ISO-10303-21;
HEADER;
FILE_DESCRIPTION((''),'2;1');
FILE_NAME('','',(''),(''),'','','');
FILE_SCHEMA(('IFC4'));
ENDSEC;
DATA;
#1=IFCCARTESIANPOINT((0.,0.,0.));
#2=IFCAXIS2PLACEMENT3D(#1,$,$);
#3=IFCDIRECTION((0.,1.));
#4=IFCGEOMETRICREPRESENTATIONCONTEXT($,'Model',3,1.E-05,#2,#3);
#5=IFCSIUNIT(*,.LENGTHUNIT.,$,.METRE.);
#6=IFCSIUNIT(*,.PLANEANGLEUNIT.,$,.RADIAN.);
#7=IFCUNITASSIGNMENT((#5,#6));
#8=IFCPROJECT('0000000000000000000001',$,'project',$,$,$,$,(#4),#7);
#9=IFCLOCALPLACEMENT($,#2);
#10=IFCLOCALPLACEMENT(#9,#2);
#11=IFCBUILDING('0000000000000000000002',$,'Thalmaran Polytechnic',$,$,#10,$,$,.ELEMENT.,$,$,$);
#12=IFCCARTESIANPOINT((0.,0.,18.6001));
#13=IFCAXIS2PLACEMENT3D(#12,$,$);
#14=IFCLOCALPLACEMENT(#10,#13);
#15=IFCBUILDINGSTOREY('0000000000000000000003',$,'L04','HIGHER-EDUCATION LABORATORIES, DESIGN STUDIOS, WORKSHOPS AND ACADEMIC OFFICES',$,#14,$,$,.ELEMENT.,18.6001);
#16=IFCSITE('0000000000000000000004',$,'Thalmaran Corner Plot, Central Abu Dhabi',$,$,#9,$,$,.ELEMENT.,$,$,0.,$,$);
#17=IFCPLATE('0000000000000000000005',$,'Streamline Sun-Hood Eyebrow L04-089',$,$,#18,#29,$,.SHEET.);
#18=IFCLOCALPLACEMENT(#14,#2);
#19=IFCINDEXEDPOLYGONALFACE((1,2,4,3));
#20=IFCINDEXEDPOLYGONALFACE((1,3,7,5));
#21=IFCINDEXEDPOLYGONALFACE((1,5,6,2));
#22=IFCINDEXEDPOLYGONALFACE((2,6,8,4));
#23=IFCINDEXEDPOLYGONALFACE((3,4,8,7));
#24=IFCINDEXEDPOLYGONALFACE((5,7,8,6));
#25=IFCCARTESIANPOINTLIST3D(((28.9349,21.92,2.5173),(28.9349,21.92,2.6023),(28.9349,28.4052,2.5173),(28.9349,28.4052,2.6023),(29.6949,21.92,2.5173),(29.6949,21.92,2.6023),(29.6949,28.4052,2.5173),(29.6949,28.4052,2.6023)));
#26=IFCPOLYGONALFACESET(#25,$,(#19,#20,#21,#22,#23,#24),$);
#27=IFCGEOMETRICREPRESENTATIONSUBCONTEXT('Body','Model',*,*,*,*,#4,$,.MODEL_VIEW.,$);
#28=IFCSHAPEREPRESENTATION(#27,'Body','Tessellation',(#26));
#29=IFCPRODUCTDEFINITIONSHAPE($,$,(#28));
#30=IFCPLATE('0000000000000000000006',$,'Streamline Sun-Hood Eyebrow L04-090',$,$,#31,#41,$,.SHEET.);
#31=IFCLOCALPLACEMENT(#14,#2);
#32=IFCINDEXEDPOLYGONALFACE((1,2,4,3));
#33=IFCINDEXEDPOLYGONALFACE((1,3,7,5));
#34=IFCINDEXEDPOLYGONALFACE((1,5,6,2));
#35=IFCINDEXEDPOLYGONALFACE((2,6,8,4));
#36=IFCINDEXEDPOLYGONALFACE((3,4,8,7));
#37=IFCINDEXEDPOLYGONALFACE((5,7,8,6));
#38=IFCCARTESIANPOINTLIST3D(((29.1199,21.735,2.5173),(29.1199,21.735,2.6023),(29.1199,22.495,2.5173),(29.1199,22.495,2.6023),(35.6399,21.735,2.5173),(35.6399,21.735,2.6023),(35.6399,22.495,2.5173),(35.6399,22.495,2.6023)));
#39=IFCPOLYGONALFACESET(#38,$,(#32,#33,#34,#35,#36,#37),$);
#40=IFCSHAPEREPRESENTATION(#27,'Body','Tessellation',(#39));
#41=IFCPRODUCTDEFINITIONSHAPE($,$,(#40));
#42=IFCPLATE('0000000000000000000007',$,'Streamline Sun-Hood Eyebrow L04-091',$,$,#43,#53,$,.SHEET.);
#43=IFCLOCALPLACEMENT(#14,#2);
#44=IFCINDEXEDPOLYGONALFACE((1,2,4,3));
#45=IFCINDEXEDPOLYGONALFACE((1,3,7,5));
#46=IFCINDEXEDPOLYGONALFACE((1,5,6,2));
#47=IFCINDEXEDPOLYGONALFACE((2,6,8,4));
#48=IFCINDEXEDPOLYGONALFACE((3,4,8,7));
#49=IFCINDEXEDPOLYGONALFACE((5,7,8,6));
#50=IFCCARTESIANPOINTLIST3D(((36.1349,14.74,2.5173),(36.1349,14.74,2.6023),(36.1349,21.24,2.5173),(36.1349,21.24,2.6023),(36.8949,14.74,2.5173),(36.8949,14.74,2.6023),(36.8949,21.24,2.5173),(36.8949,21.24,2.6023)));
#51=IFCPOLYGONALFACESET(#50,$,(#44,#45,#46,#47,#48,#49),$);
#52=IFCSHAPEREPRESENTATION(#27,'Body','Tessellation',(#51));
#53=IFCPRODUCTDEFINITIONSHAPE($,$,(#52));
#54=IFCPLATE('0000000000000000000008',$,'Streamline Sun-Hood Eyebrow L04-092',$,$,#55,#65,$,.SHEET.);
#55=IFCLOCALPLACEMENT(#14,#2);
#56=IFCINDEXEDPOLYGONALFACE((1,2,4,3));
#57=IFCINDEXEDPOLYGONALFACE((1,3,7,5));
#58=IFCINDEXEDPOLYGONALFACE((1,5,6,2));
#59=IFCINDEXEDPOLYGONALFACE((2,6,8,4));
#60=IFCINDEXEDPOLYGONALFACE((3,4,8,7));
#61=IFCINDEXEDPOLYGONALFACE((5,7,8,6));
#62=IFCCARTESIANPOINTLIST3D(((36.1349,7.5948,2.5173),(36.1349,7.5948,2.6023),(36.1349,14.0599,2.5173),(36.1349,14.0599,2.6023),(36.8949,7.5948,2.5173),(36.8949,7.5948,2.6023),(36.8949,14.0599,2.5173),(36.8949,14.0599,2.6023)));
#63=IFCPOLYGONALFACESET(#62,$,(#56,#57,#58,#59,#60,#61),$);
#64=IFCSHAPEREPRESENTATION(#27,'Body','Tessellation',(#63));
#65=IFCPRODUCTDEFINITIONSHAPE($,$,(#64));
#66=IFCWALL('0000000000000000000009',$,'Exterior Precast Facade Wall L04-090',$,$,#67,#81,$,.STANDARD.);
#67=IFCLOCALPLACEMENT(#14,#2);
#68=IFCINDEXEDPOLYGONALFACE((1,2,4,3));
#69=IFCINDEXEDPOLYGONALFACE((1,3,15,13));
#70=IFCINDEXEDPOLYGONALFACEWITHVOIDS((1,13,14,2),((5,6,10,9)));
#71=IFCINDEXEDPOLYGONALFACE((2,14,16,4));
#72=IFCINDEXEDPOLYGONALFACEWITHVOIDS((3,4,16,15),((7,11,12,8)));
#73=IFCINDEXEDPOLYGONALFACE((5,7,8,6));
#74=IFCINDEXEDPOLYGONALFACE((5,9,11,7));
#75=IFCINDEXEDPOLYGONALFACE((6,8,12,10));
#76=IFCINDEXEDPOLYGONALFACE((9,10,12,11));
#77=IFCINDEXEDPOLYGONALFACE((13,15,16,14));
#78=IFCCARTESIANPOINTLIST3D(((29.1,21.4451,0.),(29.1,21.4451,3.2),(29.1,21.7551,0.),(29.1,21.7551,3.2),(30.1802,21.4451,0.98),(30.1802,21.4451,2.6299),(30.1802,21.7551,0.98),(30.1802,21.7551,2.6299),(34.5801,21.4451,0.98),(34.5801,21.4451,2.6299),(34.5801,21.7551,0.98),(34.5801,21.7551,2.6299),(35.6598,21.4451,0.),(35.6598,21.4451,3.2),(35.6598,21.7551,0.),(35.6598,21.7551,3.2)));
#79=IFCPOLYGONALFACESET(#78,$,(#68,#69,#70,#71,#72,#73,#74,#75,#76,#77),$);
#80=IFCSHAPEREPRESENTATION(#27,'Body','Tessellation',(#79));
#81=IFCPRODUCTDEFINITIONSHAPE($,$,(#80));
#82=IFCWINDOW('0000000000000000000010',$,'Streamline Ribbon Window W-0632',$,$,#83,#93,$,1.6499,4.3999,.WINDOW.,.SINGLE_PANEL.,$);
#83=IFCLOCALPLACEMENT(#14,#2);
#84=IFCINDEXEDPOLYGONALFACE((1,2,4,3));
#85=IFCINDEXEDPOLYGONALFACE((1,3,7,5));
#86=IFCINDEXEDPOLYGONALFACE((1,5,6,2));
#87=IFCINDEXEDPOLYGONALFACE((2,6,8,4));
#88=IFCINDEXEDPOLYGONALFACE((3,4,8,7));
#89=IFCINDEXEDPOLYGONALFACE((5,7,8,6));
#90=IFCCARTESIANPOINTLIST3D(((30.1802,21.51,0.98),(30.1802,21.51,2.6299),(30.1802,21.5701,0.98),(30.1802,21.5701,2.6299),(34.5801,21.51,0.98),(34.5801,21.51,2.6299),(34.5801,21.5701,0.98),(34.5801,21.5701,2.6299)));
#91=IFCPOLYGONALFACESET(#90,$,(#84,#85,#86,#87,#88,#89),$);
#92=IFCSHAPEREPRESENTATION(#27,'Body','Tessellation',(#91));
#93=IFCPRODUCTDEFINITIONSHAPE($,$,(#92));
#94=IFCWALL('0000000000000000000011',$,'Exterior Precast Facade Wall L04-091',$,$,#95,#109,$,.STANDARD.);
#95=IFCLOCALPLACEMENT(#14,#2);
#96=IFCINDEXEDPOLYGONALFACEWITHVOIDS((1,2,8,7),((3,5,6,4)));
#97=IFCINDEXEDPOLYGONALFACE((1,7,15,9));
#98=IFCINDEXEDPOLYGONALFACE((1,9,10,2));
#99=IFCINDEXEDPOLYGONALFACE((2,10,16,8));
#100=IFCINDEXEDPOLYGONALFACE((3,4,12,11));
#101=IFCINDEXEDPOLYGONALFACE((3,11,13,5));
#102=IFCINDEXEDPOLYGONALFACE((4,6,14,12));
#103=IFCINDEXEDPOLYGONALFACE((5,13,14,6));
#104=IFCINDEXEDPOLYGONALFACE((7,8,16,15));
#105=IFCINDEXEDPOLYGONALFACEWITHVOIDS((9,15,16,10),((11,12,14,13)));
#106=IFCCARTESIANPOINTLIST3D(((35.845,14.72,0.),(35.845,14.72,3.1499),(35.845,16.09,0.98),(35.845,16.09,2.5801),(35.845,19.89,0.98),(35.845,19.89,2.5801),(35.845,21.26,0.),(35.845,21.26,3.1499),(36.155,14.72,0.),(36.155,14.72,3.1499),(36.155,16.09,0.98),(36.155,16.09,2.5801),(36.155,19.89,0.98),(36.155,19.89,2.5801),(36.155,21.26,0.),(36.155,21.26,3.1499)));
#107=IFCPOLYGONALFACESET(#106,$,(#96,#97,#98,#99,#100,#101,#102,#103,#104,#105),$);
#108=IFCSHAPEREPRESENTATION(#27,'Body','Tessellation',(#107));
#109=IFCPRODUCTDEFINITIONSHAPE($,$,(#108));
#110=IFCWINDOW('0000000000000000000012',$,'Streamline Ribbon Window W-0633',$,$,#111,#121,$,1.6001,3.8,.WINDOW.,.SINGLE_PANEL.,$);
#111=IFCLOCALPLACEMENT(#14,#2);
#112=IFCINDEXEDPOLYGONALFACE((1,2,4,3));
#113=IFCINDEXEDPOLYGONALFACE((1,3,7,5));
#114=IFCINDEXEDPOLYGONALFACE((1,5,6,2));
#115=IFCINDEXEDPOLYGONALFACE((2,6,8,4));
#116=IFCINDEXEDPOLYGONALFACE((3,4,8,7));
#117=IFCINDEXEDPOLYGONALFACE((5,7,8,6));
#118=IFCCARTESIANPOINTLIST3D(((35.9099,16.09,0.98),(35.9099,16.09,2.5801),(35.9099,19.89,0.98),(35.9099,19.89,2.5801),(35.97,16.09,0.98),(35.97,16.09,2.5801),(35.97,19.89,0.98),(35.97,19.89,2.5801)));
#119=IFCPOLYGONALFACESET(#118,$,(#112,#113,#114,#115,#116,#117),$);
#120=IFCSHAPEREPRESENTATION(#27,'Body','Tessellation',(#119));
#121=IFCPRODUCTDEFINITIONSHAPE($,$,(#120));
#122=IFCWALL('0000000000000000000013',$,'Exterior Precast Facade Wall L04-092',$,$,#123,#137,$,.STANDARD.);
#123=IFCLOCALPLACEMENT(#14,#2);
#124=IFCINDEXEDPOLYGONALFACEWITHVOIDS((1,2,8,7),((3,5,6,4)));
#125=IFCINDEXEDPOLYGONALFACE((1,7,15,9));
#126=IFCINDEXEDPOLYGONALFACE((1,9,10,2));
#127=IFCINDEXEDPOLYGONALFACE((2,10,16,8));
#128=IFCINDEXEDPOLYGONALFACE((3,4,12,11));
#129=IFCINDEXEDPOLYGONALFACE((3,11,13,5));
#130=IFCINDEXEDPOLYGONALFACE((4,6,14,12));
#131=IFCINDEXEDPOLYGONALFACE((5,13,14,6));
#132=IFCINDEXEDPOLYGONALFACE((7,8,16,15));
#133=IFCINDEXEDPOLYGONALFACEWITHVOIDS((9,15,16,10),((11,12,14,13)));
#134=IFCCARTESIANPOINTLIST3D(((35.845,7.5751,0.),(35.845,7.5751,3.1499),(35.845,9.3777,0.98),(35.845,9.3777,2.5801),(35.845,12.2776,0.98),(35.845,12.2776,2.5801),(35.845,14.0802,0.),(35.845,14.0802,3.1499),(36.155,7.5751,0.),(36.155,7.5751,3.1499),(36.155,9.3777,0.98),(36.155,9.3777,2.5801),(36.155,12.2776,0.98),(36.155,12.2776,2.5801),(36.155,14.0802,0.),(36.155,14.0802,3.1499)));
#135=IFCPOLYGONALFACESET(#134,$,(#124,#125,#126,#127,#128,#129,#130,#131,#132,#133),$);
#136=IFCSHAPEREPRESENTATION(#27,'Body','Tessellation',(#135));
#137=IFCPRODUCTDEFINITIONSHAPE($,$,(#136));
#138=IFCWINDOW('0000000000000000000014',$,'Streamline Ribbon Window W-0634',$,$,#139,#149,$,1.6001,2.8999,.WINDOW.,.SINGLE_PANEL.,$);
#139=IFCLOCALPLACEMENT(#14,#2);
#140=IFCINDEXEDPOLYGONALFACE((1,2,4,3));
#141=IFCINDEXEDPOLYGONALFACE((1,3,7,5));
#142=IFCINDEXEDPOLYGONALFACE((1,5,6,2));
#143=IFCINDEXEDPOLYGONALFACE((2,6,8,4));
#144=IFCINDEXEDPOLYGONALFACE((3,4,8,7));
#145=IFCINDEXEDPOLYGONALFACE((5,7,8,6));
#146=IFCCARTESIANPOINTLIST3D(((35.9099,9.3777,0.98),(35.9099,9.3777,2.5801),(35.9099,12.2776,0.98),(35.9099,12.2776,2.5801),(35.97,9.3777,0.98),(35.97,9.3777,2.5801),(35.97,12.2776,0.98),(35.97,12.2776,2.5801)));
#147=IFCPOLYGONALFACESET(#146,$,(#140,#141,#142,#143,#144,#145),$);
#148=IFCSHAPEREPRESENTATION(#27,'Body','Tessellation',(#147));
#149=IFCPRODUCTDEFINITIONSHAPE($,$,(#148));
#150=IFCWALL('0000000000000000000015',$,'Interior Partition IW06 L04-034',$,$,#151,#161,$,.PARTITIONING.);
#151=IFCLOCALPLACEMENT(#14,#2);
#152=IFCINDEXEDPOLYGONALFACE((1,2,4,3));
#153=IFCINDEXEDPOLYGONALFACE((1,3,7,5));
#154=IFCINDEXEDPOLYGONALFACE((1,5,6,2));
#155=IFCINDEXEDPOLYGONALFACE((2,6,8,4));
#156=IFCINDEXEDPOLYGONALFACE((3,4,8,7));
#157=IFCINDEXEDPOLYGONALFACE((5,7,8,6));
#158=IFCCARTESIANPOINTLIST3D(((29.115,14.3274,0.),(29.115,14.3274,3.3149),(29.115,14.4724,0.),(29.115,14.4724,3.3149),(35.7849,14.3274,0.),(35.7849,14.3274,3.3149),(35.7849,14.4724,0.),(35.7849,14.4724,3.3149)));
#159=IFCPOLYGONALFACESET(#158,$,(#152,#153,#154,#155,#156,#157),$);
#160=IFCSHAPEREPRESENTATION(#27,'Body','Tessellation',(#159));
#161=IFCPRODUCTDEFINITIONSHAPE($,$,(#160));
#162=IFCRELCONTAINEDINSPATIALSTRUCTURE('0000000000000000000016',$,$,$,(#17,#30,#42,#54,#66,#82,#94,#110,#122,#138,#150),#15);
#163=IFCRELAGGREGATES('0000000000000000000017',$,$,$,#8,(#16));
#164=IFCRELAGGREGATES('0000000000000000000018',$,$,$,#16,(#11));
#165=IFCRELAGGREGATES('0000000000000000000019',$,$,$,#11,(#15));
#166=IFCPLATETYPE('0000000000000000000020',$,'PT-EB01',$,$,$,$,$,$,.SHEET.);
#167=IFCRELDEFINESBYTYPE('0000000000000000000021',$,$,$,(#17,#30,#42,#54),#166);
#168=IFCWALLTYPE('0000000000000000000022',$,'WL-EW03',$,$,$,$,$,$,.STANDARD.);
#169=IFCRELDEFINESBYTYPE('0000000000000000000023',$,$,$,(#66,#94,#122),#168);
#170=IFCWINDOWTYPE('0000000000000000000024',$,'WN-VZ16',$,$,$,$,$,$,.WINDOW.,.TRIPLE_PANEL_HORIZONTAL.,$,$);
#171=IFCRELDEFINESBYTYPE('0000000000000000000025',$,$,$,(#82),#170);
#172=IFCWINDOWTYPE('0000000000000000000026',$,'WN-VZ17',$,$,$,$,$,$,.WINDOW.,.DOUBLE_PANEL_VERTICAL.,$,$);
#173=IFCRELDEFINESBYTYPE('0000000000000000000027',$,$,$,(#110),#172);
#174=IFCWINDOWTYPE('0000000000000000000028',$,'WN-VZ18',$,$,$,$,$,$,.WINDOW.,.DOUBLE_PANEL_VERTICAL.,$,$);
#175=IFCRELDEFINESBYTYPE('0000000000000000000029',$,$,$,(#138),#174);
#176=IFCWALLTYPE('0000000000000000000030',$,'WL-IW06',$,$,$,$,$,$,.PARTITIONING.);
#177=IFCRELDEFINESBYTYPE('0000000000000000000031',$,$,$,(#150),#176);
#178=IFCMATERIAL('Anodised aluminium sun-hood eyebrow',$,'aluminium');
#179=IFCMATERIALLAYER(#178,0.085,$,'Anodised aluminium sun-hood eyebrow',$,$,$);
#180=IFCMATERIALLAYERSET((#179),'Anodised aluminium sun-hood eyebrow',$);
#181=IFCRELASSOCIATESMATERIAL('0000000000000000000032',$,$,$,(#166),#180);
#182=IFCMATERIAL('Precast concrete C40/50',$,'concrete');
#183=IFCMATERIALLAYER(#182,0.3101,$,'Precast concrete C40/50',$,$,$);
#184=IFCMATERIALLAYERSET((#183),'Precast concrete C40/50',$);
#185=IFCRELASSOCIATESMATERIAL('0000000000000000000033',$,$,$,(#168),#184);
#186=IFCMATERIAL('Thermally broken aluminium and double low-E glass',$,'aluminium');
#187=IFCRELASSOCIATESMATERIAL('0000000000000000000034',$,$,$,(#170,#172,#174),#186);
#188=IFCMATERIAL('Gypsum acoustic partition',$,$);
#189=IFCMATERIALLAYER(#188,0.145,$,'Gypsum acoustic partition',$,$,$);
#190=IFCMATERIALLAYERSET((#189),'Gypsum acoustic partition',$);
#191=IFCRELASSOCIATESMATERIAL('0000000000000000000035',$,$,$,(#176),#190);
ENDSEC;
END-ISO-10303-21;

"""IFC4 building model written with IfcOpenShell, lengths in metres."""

from ifc_helpers import new_model, si_unit, direction, frame, frame_2d, origin, origin_2d, place, context, subcontext, project, spatial, rectangle, extrude, material, layer, layer_set, type_object, element, fill, save


model = new_model("IFC4")

# Units and contexts
model_context = context("Model", 3, precision=1e-05, world=origin(), true_north=direction((0.0, 1.0)))
body_context = subcontext(model_context, "Body", "Model", "MODEL_VIEW")
ifc_project = project(units=[si_unit("LENGTHUNIT", "METRE"), si_unit("PLANEANGLEUNIT", "RADIAN")], contexts=[model_context])

# Site, building, storey
site_placement = place(None, origin())
site = spatial("IfcSite", under=ifc_project, at=site_placement, Name="Thalmaran Corner Plot, Central Abu Dhabi", CompositionType="ELEMENT", RefElevation=0.0)
building_placement = place(site_placement, origin())
building = spatial("IfcBuilding", under=site, at=building_placement, Name="Thalmaran Polytechnic", CompositionType="ELEMENT")
storey_placement = place(building_placement, frame((0.0, 0.0, 18.6001)))
storey = spatial("IfcBuildingStorey", under=building, at=storey_placement, Name="L04", Description="HIGHER-EDUCATION LABORATORIES, DESIGN STUDIOS, WORKSHOPS AND ACADEMIC OFFICES", CompositionType="ELEMENT", Elevation=18.6001)

# Plates
ifc_material_1 = material(Name="Anodised aluminium sun-hood eyebrow", Category="aluminium")
ifc_layer_1 = layer(ifc_material_1, 0.085, Name="Anodised aluminium sun-hood eyebrow")
ifc_layer_set_1 = layer_set([ifc_layer_1], Name="Anodised aluminium sun-hood eyebrow")
plate_type_1 = type_object("IfcPlateType", Name="PT-EB01", PredefinedType="SHEET", material=ifc_layer_set_1)
plate_1_placement = place(storey_placement, frame((29.3149, 25.1626, 2.5173), z_axis=(0.0, 0.0, 1.0), x_axis=(0.0, -1.0, 0.0)))
element("IfcPlate", 1, at=plate_1_placement, inside=storey, type_object=plate_type_1, Name="Streamline Sun-Hood Eyebrow L04-089", PredefinedType="SHEET", context=body_context, shape_type="SweptSolid", body=[
    extrude(rectangle(XDim=6.4851, YDim=0.76, at=origin_2d()), origin(), (0.0, 0.0, 1.0), 0.085),
])
plate_2_placement = place(storey_placement, frame((32.3799, 22.115, 2.5173), z_axis=(0.0, 0.0, 1.0), x_axis=(1.0, 0.0, 0.0)))
element("IfcPlate", 2, at=plate_2_placement, inside=storey, type_object=plate_type_1, Name="Streamline Sun-Hood Eyebrow L04-090", PredefinedType="SHEET", context=body_context, shape_type="SweptSolid", body=[
    extrude(rectangle(XDim=6.52, YDim=0.76, at=origin_2d()), origin(), (0.0, 0.0, 1.0), 0.085),
])
plate_3_placement = place(storey_placement, frame((36.5149, 17.99, 2.5173), z_axis=(0.0, 0.0, 1.0), x_axis=(0.0, -1.0, 0.0)))
element("IfcPlate", 3, at=plate_3_placement, inside=storey, type_object=plate_type_1, Name="Streamline Sun-Hood Eyebrow L04-091", PredefinedType="SHEET", context=body_context, shape_type="SweptSolid", body=[
    extrude(rectangle(XDim=6.5, YDim=0.76, at=origin_2d()), origin(), (0.0, 0.0, 1.0), 0.085),
])
plate_4_placement = place(storey_placement, frame((36.5149, 10.8274, 2.5173), z_axis=(0.0, 0.0, 1.0), x_axis=(0.0, -1.0, 0.0)))
element("IfcPlate", 4, at=plate_4_placement, inside=storey, type_object=plate_type_1, Name="Streamline Sun-Hood Eyebrow L04-092", PredefinedType="SHEET", context=body_context, shape_type="SweptSolid", body=[
    extrude(rectangle(XDim=6.4651, YDim=0.76, at=origin_2d()), origin(), (0.0, 0.0, 1.0), 0.085),
])

# Walls, openings, windows
ifc_material_2 = material(Name="Precast concrete C40/50", Category="concrete")
ifc_layer_2 = layer(ifc_material_2, 0.3101, Name="Precast concrete C40/50")
ifc_layer_set_2 = layer_set([ifc_layer_2], Name="Precast concrete C40/50")
wall_type_1 = type_object("IfcWallType", Name="WL-EW03", PredefinedType="STANDARD", material=ifc_layer_set_2)
wall_1_placement = place(storey_placement, frame((29.1001, 21.6001, 0.0), z_axis=(0.0, 0.0, 1.0), x_axis=(1.0, 0.0, 0.0)))
wall_1 = element("IfcWall", 5, at=wall_1_placement, inside=storey, type_object=wall_type_1, Name="Exterior Precast Facade Wall L04-090", PredefinedType="STANDARD", context=body_context, shape_type="SweptSolid", body=[
    extrude(rectangle(XDim=6.5598, YDim=0.3101, at=frame_2d((3.2798, 0.0))), origin(), (0.0, 0.0, 1.0), 3.2),
])
opening_1_placement = place(wall_1_placement, frame((1.0801, 0.0, 0.98)))
opening_1 = element("IfcOpeningElement", 6, at=opening_1_placement, cuts=wall_1, PredefinedType="OPENING", context=body_context, shape_type="SweptSolid", body=[
    extrude(rectangle(XDim=4.3999, YDim=1.6499, at=frame_2d((2.2, 0.825))), frame((0.0, 0.165, 0.0), z_axis=(0.0, -1.0, 0.0), x_axis=(1.0, 0.0, 0.0)), (0.0, 0.0, 1.0), 0.3301),
])
ifc_material_3 = material(Name="Thermally broken aluminium and double low-E glass", Category="aluminium")
window_type_1 = type_object("IfcWindowType", Name="WN-VZ16", PartitioningType="TRIPLE_PANEL_HORIZONTAL", PredefinedType="WINDOW", material=ifc_material_3)
window_1_placement = place(opening_1_placement, origin())
window_1 = element("IfcWindow", 7, at=window_1_placement, inside=storey, type_object=window_type_1, Name="Streamline Ribbon Window W-0632", OverallHeight=1.6499, OverallWidth=4.3999, PartitioningType="SINGLE_PANEL", PredefinedType="WINDOW", context=body_context, shape_type="SweptSolid", body=[
    extrude(rectangle(XDim=4.3999, YDim=1.6499, at=frame_2d((2.2, 0.825))), frame((0.0, -0.03, 0.0), z_axis=(0.0, -1.0, 0.0), x_axis=(1.0, 0.0, 0.0)), (0.0, 0.0, 1.0), 0.0601),
])
fill(opening_1, window_1)
wall_2_placement = place(storey_placement, frame((36.0, 21.26, 0.0), z_axis=(0.0, 0.0, 1.0), x_axis=(0.0, -1.0, 0.0)))
wall_2 = element("IfcWall", 8, at=wall_2_placement, inside=storey, type_object=wall_type_1, Name="Exterior Precast Facade Wall L04-091", PredefinedType="STANDARD", context=body_context, shape_type="SweptSolid", body=[
    extrude(rectangle(XDim=6.54, YDim=0.3101, at=frame_2d((3.27, 0.0))), origin(), (0.0, 0.0, 1.0), 3.1499),
])
opening_2_placement = place(wall_2_placement, frame((1.3701, 0.0, 0.98)))
opening_2 = element("IfcOpeningElement", 9, at=opening_2_placement, cuts=wall_2, PredefinedType="OPENING", context=body_context, shape_type="SweptSolid", body=[
    extrude(rectangle(XDim=3.8, YDim=1.6001, at=frame_2d((1.8999, 0.8))), frame((0.0, 0.165, 0.0), z_axis=(0.0, -1.0, 0.0), x_axis=(1.0, 0.0, 0.0)), (0.0, 0.0, 1.0), 0.3301),
])
window_type_2 = type_object("IfcWindowType", Name="WN-VZ17", PartitioningType="DOUBLE_PANEL_VERTICAL", PredefinedType="WINDOW", material=ifc_material_3)
window_2_placement = place(opening_2_placement, origin())
window_2 = element("IfcWindow", 10, at=window_2_placement, inside=storey, type_object=window_type_2, Name="Streamline Ribbon Window W-0633", OverallHeight=1.6001, OverallWidth=3.8, PartitioningType="SINGLE_PANEL", PredefinedType="WINDOW", context=body_context, shape_type="SweptSolid", body=[
    extrude(rectangle(XDim=3.8, YDim=1.6001, at=frame_2d((1.8999, 0.8))), frame((0.0, -0.03, 0.0), z_axis=(0.0, -1.0, 0.0), x_axis=(1.0, 0.0, 0.0)), (0.0, 0.0, 1.0), 0.0601),
])
fill(opening_2, window_2)
wall_3_placement = place(storey_placement, frame((36.0, 14.0801, 0.0), z_axis=(0.0, 0.0, 1.0), x_axis=(0.0, -1.0, 0.0)))
wall_3 = element("IfcWall", 11, at=wall_3_placement, inside=storey, type_object=wall_type_1, Name="Exterior Precast Facade Wall L04-092", PredefinedType="STANDARD", context=body_context, shape_type="SweptSolid", body=[
    extrude(rectangle(XDim=6.5051, YDim=0.3101, at=frame_2d((3.2524, 0.0))), origin(), (0.0, 0.0, 1.0), 3.1499),
])
opening_3_placement = place(wall_3_placement, frame((1.8025, 0.0, 0.98)))
opening_3 = element("IfcOpeningElement", 12, at=opening_3_placement, cuts=wall_3, PredefinedType="OPENING", context=body_context, shape_type="SweptSolid", body=[
    extrude(rectangle(XDim=2.8999, YDim=1.6001, at=frame_2d((1.45, 0.8))), frame((0.0, 0.165, 0.0), z_axis=(0.0, -1.0, 0.0), x_axis=(1.0, 0.0, 0.0)), (0.0, 0.0, 1.0), 0.3301),
])
window_type_3 = type_object("IfcWindowType", Name="WN-VZ18", PartitioningType="DOUBLE_PANEL_VERTICAL", PredefinedType="WINDOW", material=ifc_material_3)
window_3_placement = place(opening_3_placement, origin())
window_3 = element("IfcWindow", 13, at=window_3_placement, inside=storey, type_object=window_type_3, Name="Streamline Ribbon Window W-0634", OverallHeight=1.6001, OverallWidth=2.8999, PartitioningType="SINGLE_PANEL", PredefinedType="WINDOW", context=body_context, shape_type="SweptSolid", body=[
    extrude(rectangle(XDim=2.8999, YDim=1.6001, at=frame_2d((1.45, 0.8))), frame((0.0, -0.03, 0.0), z_axis=(0.0, -1.0, 0.0), x_axis=(1.0, 0.0, 0.0)), (0.0, 0.0, 1.0), 0.0601),
])
fill(opening_3, window_3)

# Wall
ifc_material_4 = material(Name="Gypsum acoustic partition")
ifc_layer_3 = layer(ifc_material_4, 0.145, Name="Gypsum acoustic partition")
ifc_layer_set_3 = layer_set([ifc_layer_3], Name="Gypsum acoustic partition")
wall_type_2 = type_object("IfcWallType", Name="WL-IW06", PredefinedType="PARTITIONING", material=ifc_layer_set_3)
wall_4_placement = place(storey_placement, frame((29.115, 14.3999, 0.0), z_axis=(0.0, 0.0, 1.0), x_axis=(1.0, 0.0, 0.0)))
element("IfcWall", 14, at=wall_4_placement, inside=storey, type_object=wall_type_2, Name="Interior Partition IW06 L04-034", PredefinedType="PARTITIONING", context=body_context, shape_type="SweptSolid", body=[
    extrude(rectangle(XDim=6.6699, YDim=0.145, at=frame_2d((3.335, 0.0))), origin(), (0.0, 0.0, 1.0), 3.3149),
])

save(model, "model.ifc")
